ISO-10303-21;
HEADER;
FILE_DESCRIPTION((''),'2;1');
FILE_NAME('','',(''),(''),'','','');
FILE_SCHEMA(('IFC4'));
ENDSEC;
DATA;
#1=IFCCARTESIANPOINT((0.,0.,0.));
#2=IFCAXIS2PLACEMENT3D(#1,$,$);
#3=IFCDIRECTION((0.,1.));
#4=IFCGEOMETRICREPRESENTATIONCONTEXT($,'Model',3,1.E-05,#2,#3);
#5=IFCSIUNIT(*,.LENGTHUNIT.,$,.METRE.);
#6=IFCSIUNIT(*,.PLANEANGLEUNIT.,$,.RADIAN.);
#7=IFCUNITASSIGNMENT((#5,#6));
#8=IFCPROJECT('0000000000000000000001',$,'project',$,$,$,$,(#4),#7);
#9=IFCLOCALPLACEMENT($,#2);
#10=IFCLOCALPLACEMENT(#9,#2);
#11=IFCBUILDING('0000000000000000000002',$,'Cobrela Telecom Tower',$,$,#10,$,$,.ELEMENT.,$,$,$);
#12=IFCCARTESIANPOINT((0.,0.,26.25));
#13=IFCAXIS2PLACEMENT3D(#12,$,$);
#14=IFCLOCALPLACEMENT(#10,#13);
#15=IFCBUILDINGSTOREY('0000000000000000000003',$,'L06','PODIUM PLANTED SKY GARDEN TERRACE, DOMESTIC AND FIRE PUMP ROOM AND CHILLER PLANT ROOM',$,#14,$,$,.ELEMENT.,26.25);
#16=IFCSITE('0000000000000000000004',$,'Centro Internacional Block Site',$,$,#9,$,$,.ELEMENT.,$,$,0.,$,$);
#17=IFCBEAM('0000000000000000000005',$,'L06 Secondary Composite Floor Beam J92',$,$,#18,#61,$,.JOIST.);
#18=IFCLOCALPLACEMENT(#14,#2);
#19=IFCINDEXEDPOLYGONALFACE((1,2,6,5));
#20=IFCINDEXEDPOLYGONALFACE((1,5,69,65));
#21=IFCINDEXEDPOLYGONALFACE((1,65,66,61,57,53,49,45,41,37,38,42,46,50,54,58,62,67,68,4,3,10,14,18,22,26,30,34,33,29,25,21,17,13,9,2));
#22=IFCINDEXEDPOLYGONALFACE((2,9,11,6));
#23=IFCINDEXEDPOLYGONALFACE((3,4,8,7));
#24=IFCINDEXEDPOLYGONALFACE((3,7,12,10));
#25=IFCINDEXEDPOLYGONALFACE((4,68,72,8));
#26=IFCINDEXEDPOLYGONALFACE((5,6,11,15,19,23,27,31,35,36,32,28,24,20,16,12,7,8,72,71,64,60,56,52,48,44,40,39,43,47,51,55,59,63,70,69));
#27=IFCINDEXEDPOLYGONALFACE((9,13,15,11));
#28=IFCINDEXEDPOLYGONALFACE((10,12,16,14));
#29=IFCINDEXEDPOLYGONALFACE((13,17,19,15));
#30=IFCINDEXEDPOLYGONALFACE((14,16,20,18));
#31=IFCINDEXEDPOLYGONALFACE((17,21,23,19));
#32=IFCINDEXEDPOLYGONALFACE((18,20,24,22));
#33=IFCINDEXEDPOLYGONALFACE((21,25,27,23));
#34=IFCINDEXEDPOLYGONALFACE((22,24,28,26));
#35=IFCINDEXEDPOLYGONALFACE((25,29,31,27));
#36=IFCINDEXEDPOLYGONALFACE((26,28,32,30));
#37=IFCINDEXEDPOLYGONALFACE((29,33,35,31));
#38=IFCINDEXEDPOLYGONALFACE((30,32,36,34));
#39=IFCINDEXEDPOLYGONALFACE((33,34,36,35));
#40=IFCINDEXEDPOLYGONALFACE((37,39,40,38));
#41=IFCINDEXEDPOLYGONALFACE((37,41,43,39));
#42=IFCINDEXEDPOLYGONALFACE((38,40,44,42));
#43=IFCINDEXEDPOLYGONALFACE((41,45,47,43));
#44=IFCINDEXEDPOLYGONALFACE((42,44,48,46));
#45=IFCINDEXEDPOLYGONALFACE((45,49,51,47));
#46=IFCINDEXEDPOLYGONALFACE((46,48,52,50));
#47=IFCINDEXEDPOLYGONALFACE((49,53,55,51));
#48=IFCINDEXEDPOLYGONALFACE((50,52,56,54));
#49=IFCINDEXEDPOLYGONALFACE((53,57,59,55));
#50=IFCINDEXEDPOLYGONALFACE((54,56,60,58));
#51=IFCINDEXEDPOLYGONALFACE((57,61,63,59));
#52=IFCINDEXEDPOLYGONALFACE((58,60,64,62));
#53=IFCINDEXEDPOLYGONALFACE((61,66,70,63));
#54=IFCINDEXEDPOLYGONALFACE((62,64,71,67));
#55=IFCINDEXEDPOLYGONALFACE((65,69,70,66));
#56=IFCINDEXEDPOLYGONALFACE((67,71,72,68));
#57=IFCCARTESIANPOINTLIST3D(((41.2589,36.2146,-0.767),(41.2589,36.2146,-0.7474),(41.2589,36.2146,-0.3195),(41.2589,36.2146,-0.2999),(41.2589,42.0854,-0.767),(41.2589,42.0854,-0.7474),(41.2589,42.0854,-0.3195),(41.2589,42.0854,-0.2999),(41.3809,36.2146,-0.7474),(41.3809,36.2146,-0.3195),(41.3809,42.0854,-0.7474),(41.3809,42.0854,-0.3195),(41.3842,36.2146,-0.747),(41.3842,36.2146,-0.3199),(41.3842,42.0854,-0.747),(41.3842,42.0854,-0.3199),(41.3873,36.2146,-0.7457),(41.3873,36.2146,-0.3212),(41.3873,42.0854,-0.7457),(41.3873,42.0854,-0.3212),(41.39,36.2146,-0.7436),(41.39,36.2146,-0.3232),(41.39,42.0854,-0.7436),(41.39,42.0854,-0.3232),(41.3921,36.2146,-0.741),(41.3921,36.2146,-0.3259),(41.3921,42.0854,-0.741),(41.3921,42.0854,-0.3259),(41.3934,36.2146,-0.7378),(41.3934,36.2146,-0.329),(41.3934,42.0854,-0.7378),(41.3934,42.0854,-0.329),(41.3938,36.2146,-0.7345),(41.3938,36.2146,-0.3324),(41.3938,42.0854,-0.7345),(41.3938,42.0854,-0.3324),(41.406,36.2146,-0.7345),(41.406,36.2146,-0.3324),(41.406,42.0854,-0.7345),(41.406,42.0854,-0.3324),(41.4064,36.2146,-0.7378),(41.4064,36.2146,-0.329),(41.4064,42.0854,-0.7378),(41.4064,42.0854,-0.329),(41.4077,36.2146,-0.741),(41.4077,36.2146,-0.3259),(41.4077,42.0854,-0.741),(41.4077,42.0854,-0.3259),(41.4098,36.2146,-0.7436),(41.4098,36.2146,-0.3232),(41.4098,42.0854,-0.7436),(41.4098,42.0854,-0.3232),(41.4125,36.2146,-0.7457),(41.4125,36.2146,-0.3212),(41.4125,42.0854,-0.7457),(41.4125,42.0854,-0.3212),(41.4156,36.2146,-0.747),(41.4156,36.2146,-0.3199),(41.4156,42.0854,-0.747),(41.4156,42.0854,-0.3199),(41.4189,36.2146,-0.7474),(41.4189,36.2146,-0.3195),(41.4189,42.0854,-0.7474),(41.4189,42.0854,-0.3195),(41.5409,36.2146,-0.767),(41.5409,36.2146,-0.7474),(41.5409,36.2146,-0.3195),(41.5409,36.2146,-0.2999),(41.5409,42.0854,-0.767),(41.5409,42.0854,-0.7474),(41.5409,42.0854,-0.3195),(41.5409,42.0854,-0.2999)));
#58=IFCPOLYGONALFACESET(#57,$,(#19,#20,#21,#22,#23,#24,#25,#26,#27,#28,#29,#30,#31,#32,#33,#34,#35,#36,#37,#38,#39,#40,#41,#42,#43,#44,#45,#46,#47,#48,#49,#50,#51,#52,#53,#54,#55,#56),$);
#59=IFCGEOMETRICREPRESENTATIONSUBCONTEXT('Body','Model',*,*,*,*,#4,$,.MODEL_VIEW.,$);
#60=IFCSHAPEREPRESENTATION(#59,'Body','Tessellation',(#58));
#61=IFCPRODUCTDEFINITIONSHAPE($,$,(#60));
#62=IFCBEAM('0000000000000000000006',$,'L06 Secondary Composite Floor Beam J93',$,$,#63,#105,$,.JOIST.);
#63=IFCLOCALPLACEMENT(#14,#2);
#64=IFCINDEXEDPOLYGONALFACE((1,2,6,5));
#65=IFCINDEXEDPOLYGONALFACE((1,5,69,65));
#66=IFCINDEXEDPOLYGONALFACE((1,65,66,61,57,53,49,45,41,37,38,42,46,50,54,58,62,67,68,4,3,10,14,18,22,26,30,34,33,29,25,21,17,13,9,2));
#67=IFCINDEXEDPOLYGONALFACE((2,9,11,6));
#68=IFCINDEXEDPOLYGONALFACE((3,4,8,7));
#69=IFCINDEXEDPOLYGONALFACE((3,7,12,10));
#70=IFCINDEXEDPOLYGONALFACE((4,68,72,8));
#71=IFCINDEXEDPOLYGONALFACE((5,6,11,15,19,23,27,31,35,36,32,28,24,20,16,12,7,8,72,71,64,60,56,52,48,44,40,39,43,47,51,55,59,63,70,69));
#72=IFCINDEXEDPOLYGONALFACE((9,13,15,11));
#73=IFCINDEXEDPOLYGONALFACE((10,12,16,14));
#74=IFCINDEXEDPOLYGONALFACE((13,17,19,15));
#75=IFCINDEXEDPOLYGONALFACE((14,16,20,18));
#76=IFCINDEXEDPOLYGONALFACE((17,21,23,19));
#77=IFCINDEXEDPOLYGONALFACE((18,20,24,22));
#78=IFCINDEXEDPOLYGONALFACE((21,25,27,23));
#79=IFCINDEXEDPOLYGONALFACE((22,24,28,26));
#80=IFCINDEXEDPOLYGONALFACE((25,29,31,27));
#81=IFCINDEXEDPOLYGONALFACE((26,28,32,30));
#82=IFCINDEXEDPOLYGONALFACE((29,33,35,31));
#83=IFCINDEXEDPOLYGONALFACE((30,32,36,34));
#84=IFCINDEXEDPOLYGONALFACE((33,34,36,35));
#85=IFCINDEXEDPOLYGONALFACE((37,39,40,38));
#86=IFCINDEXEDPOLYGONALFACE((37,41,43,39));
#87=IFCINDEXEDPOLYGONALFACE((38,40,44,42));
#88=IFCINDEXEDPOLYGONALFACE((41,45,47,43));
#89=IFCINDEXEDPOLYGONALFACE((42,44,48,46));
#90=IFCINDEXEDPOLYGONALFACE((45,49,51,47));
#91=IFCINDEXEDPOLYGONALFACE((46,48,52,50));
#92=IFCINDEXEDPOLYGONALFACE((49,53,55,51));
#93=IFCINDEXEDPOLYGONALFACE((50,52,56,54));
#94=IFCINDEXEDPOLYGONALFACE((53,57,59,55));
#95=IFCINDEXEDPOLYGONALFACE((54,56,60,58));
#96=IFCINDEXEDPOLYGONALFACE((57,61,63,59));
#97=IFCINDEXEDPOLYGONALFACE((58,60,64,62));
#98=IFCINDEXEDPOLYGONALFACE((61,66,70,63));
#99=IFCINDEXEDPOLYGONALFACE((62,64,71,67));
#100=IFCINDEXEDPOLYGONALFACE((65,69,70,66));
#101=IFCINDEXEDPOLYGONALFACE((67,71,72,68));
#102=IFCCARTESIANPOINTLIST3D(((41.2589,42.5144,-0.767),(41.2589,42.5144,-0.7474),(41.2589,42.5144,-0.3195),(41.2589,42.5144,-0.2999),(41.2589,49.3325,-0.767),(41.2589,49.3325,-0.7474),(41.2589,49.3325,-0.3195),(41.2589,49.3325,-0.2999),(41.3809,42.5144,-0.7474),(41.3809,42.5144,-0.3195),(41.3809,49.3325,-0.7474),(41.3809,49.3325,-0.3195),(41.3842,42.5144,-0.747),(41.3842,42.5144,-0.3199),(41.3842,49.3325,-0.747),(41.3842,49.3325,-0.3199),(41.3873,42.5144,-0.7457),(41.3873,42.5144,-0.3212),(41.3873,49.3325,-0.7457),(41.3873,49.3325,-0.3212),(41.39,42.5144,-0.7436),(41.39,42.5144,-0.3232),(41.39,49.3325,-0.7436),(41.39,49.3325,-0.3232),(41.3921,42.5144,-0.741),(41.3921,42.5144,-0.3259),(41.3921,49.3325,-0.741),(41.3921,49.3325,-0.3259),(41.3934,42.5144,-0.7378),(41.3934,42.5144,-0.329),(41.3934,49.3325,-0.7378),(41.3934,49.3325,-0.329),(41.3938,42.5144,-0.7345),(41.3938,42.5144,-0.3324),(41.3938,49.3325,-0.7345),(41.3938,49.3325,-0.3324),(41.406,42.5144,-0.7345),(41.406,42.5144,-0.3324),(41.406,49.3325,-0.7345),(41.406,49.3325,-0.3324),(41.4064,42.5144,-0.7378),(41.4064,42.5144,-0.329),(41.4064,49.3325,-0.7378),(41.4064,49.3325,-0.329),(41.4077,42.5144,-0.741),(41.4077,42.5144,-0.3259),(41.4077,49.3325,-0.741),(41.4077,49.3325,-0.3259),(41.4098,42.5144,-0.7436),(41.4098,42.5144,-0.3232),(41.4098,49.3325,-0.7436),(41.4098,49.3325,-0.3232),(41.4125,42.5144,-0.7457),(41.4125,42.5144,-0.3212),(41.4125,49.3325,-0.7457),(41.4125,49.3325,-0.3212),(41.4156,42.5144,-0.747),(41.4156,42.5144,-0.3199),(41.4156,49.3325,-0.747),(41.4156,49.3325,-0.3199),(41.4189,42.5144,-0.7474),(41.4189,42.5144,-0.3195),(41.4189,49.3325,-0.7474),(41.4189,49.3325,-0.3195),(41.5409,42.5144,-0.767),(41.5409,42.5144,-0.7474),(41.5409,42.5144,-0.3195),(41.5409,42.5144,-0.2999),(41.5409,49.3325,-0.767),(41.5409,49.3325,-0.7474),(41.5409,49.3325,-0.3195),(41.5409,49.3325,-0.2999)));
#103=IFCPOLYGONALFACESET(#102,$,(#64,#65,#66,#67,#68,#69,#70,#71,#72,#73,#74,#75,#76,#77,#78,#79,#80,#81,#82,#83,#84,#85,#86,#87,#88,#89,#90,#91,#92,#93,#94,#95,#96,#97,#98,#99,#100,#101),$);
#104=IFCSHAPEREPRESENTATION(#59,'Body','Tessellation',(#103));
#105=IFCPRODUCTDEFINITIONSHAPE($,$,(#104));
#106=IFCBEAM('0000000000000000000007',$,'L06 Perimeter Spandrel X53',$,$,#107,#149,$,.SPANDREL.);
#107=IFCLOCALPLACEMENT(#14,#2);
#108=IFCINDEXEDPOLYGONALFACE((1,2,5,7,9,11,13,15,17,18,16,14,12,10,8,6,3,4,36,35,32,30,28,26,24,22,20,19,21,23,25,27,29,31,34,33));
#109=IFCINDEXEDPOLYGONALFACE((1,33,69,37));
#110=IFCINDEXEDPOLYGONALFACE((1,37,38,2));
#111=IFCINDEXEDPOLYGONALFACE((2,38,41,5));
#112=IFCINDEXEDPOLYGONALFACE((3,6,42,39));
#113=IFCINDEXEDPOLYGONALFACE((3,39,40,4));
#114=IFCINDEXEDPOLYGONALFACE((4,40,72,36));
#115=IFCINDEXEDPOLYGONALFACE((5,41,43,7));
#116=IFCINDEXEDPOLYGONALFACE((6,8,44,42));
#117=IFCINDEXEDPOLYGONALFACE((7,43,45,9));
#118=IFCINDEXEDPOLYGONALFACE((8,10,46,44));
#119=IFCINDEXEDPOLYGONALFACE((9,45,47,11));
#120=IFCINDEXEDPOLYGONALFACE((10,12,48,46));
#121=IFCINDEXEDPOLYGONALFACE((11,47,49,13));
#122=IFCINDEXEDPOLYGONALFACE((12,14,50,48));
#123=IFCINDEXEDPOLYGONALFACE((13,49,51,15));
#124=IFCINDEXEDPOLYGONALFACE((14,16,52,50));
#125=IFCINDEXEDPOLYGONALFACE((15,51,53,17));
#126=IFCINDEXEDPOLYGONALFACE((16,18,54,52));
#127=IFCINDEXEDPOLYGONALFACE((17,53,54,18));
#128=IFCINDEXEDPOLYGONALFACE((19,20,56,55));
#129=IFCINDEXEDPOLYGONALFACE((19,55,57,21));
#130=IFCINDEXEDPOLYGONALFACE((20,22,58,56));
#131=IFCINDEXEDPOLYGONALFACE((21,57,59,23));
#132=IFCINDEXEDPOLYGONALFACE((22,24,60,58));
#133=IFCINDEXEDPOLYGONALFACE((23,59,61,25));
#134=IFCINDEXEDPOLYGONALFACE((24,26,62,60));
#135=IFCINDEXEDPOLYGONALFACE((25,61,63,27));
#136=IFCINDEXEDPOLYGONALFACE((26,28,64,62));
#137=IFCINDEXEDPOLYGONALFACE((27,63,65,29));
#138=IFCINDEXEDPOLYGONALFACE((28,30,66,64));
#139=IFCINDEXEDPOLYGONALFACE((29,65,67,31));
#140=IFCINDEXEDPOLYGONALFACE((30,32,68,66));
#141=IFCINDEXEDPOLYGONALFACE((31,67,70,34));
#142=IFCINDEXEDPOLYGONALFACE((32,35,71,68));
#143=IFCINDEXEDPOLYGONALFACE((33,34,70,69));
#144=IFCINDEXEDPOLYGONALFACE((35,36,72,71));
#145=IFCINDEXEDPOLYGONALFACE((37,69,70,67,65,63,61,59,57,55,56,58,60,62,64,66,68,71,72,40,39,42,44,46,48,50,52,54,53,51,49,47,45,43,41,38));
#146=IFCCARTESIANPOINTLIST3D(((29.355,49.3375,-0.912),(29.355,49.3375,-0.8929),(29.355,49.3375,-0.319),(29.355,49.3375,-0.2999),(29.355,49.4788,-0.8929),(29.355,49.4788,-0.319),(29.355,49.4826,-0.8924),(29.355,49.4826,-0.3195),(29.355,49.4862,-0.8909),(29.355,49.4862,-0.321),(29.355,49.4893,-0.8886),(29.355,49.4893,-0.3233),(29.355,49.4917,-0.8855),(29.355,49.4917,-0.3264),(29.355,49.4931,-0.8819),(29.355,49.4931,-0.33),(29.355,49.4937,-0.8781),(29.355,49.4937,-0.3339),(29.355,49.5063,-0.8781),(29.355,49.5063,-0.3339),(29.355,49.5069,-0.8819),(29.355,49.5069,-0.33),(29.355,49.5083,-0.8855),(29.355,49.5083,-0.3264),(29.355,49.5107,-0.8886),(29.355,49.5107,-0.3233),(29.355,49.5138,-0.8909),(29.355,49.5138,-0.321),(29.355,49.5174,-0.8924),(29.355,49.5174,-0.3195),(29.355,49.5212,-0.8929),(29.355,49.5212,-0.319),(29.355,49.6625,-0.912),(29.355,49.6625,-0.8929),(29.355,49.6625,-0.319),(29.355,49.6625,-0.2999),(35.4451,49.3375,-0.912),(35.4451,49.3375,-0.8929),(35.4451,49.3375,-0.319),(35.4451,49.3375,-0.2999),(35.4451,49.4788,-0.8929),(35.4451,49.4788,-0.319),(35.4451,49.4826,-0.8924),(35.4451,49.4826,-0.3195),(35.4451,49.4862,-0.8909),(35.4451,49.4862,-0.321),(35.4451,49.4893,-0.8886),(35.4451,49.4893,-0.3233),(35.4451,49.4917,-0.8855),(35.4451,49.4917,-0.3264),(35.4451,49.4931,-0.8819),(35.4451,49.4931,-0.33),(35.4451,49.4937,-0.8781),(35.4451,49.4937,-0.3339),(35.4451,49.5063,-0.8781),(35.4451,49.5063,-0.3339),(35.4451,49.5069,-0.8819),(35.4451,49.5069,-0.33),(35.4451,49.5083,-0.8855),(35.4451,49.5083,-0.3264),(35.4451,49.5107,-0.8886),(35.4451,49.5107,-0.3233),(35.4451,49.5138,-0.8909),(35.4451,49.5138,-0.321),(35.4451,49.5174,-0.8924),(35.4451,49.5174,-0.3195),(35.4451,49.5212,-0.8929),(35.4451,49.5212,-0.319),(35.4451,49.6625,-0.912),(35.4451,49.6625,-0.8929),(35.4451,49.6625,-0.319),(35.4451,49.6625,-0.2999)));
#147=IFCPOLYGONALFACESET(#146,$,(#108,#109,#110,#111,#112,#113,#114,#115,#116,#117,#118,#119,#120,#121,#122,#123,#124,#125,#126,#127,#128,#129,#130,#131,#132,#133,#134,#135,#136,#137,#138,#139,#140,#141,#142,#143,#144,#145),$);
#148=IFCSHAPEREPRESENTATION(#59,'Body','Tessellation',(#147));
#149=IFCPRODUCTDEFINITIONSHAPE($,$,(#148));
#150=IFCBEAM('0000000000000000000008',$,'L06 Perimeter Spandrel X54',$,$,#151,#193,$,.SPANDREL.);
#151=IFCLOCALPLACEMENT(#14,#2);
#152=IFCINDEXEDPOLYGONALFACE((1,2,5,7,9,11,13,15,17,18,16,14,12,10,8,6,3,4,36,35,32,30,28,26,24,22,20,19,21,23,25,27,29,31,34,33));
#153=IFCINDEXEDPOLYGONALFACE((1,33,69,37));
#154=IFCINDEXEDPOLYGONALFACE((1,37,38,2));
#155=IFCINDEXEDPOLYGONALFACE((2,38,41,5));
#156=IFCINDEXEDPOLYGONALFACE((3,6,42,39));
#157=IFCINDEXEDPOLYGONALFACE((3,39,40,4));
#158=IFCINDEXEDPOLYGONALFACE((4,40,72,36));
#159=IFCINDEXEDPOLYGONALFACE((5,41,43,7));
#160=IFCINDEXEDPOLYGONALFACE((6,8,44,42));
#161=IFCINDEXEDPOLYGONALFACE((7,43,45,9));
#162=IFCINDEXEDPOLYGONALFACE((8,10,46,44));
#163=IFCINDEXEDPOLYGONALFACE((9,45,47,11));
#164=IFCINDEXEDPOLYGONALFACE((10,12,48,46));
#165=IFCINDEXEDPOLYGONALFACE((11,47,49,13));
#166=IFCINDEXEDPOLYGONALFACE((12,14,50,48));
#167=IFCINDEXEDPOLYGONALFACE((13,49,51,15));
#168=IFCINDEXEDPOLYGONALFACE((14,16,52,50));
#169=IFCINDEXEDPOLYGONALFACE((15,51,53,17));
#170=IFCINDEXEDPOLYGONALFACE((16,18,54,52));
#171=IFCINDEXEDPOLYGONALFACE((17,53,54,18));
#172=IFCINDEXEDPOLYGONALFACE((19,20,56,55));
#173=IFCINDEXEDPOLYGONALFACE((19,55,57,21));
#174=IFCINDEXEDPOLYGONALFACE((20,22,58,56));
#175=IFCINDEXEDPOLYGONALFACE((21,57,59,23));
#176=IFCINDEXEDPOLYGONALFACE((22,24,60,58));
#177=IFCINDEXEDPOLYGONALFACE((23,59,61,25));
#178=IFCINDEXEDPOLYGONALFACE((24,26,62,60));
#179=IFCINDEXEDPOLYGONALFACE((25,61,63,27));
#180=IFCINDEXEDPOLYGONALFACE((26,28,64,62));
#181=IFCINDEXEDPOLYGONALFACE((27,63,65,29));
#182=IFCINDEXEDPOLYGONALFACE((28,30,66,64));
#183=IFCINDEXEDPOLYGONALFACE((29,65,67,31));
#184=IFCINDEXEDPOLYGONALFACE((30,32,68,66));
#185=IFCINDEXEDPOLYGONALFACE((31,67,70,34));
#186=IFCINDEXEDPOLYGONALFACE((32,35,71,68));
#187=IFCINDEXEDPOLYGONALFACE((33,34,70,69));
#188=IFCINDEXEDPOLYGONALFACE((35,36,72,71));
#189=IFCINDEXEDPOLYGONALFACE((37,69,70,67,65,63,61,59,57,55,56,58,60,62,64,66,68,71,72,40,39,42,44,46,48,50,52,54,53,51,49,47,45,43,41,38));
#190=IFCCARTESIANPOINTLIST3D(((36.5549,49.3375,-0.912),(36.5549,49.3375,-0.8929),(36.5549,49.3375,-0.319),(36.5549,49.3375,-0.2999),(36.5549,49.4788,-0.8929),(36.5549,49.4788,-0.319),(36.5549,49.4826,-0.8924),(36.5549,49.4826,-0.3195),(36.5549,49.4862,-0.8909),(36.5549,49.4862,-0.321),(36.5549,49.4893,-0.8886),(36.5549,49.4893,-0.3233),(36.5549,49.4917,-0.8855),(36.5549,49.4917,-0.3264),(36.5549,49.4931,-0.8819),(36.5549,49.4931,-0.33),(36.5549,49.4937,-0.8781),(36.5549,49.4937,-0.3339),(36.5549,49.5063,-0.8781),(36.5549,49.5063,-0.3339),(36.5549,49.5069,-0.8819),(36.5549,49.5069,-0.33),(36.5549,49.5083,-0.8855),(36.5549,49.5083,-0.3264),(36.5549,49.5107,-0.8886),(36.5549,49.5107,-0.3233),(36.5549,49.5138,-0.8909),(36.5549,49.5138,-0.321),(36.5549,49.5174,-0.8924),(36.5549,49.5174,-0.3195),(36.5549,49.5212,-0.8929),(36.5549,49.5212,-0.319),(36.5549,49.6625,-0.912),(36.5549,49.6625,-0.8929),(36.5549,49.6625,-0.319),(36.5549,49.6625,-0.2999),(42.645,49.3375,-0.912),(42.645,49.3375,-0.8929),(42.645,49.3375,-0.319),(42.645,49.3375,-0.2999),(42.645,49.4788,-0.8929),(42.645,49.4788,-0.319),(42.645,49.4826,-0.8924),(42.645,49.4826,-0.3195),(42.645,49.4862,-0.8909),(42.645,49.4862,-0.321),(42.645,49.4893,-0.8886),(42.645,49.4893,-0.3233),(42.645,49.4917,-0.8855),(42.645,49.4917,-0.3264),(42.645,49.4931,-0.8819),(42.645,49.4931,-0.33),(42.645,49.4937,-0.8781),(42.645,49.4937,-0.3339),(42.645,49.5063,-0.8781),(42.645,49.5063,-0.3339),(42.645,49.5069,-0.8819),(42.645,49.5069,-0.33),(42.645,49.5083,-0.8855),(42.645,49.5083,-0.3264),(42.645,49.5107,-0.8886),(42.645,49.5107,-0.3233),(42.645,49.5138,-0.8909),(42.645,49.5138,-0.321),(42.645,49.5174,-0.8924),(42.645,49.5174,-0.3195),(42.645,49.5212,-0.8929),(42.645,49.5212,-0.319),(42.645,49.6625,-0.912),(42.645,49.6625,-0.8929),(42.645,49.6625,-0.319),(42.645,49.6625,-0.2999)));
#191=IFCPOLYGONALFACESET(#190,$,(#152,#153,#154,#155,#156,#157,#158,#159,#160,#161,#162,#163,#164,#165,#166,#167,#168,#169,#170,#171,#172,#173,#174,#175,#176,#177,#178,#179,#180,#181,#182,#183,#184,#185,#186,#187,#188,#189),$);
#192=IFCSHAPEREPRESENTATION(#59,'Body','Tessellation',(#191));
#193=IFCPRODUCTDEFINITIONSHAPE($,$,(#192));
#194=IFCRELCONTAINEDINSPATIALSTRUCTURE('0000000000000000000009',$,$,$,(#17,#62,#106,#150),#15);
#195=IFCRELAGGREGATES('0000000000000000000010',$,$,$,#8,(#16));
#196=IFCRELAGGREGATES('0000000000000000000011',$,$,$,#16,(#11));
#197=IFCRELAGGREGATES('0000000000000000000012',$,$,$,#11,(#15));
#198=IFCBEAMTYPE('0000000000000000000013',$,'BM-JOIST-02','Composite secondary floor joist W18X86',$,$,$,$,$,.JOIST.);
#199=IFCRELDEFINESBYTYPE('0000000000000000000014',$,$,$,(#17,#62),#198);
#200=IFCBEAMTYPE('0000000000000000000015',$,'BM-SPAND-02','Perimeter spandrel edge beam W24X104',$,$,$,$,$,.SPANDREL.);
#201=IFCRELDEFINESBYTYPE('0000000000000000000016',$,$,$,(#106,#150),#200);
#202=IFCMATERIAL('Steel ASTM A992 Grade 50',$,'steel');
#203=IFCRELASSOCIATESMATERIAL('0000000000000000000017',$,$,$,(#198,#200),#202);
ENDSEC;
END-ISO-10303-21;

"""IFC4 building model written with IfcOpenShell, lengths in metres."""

from ifc_helpers import new_model, si_unit, direction, frame, origin, origin_2d, place, context, subcontext, project, spatial, i_section, extrude, material, material_profile, profile_set, type_object, element, save


model = new_model("IFC4")

# Units and contexts
model_context = context("Model", 3, precision=1e-05, world=origin(), true_north=direction((0.0, 1.0)))
body_context = subcontext(model_context, "Body", "Model", "MODEL_VIEW")
ifc_project = project(units=[si_unit("LENGTHUNIT", "METRE"), si_unit("PLANEANGLEUNIT", "RADIAN")], contexts=[model_context])

# Site, building, storey
site_placement = place(None, origin())
site = spatial("IfcSite", under=ifc_project, at=site_placement, Name="Centro Internacional Block Site", CompositionType="ELEMENT", RefElevation=0.0)
building_placement = place(site_placement, origin())
building = spatial("IfcBuilding", under=site, at=building_placement, Name="Cobrela Telecom Tower", CompositionType="ELEMENT")
storey_placement = place(building_placement, frame((0.0, 0.0, 26.25)))
storey = spatial("IfcBuildingStorey", under=building, at=storey_placement, Name="L06", Description="PODIUM PLANTED SKY GARDEN TERRACE, DOMESTIC AND FIRE PUMP ROOM AND CHILLER PLANT ROOM", CompositionType="ELEMENT", Elevation=26.25)

# Beams
ifc_material_1 = material(Name="Steel ASTM A992 Grade 50", Category="steel")
ifc_material_profile_1 = material_profile(ifc_material_1, i_section(OverallWidth=0.282, OverallDepth=0.467, WebThickness=0.0122, FlangeThickness=0.0195, FilletRadius=0.0129, at=origin_2d()), Name="W18X86")
ifc_profile_set_1 = profile_set([ifc_material_profile_1], Name="Steel ASTM A992 Grade 50")
beam_type_1 = type_object("IfcBeamType", Name="BM-JOIST-02", Description="Composite secondary floor joist W18X86", PredefinedType="JOIST", material=ifc_profile_set_1)
beam_1_placement = place(storey_placement, frame((41.3999, 36.2146, -0.5334), z_axis=(0.0, 1.0, 0.0), x_axis=(-1.0, 0.0, 0.0)))
element("IfcBeam", 1, at=beam_1_placement, inside=storey, type_object=beam_type_1, Name="L06 Secondary Composite Floor Beam J92", PredefinedType="JOIST", context=body_context, shape_type="SweptSolid", body=[
    extrude(i_section(OverallWidth=0.282, OverallDepth=0.467, WebThickness=0.0122, FlangeThickness=0.0195, FilletRadius=0.0129, at=origin_2d()), origin(), (0.0, 0.0, 1.0), 5.8708),
])
beam_2_placement = place(storey_placement, frame((41.3999, 42.5144, -0.5334), z_axis=(0.0, 1.0, 0.0), x_axis=(-1.0, 0.0, 0.0)))
element("IfcBeam", 2, at=beam_2_placement, inside=storey, type_object=beam_type_1, Name="L06 Secondary Composite Floor Beam J93", PredefinedType="JOIST", context=body_context, shape_type="SweptSolid", body=[
    extrude(i_section(OverallWidth=0.282, OverallDepth=0.467, WebThickness=0.0122, FlangeThickness=0.0195, FilletRadius=0.0129, at=origin_2d()), origin(), (0.0, 0.0, 1.0), 6.8181),
])
ifc_material_profile_2 = material_profile(ifc_material_1, i_section(OverallWidth=0.325, OverallDepth=0.6121, WebThickness=0.0127, FlangeThickness=0.019, FilletRadius=0.0149, at=origin_2d()), Name="W24X104")
ifc_profile_set_2 = profile_set([ifc_material_profile_2], Name="Steel ASTM A992 Grade 50")
beam_type_2 = type_object("IfcBeamType", Name="BM-SPAND-02", Description="Perimeter spandrel edge beam W24X104", PredefinedType="SPANDREL", material=ifc_profile_set_2)
for number, where, z_axis, x_axis, name in (
    (3, (29.355, 49.5, -0.606), (1.0, 0.0, 0.0), (0.0, 1.0, 0.0), "L06 Perimeter Spandrel X53"),
    (4, (36.5549, 49.5, -0.606), (1.0, 0.0, 0.0), (0.0, 1.0, 0.0), "L06 Perimeter Spandrel X54"),
):
    element("IfcBeam", number, at=place(storey_placement, frame(where, z_axis=z_axis, x_axis=x_axis)), inside=storey, type_object=beam_type_2, Name=name, PredefinedType="SPANDREL", context=body_context, shape_type="SweptSolid", body=[
        extrude(i_section(OverallWidth=0.325, OverallDepth=0.6121, WebThickness=0.0127, FlangeThickness=0.019, FilletRadius=0.0149, at=origin_2d()), origin(), (0.0, 0.0, 1.0), 6.0901),
    ])

save(model, "model.ifc")
